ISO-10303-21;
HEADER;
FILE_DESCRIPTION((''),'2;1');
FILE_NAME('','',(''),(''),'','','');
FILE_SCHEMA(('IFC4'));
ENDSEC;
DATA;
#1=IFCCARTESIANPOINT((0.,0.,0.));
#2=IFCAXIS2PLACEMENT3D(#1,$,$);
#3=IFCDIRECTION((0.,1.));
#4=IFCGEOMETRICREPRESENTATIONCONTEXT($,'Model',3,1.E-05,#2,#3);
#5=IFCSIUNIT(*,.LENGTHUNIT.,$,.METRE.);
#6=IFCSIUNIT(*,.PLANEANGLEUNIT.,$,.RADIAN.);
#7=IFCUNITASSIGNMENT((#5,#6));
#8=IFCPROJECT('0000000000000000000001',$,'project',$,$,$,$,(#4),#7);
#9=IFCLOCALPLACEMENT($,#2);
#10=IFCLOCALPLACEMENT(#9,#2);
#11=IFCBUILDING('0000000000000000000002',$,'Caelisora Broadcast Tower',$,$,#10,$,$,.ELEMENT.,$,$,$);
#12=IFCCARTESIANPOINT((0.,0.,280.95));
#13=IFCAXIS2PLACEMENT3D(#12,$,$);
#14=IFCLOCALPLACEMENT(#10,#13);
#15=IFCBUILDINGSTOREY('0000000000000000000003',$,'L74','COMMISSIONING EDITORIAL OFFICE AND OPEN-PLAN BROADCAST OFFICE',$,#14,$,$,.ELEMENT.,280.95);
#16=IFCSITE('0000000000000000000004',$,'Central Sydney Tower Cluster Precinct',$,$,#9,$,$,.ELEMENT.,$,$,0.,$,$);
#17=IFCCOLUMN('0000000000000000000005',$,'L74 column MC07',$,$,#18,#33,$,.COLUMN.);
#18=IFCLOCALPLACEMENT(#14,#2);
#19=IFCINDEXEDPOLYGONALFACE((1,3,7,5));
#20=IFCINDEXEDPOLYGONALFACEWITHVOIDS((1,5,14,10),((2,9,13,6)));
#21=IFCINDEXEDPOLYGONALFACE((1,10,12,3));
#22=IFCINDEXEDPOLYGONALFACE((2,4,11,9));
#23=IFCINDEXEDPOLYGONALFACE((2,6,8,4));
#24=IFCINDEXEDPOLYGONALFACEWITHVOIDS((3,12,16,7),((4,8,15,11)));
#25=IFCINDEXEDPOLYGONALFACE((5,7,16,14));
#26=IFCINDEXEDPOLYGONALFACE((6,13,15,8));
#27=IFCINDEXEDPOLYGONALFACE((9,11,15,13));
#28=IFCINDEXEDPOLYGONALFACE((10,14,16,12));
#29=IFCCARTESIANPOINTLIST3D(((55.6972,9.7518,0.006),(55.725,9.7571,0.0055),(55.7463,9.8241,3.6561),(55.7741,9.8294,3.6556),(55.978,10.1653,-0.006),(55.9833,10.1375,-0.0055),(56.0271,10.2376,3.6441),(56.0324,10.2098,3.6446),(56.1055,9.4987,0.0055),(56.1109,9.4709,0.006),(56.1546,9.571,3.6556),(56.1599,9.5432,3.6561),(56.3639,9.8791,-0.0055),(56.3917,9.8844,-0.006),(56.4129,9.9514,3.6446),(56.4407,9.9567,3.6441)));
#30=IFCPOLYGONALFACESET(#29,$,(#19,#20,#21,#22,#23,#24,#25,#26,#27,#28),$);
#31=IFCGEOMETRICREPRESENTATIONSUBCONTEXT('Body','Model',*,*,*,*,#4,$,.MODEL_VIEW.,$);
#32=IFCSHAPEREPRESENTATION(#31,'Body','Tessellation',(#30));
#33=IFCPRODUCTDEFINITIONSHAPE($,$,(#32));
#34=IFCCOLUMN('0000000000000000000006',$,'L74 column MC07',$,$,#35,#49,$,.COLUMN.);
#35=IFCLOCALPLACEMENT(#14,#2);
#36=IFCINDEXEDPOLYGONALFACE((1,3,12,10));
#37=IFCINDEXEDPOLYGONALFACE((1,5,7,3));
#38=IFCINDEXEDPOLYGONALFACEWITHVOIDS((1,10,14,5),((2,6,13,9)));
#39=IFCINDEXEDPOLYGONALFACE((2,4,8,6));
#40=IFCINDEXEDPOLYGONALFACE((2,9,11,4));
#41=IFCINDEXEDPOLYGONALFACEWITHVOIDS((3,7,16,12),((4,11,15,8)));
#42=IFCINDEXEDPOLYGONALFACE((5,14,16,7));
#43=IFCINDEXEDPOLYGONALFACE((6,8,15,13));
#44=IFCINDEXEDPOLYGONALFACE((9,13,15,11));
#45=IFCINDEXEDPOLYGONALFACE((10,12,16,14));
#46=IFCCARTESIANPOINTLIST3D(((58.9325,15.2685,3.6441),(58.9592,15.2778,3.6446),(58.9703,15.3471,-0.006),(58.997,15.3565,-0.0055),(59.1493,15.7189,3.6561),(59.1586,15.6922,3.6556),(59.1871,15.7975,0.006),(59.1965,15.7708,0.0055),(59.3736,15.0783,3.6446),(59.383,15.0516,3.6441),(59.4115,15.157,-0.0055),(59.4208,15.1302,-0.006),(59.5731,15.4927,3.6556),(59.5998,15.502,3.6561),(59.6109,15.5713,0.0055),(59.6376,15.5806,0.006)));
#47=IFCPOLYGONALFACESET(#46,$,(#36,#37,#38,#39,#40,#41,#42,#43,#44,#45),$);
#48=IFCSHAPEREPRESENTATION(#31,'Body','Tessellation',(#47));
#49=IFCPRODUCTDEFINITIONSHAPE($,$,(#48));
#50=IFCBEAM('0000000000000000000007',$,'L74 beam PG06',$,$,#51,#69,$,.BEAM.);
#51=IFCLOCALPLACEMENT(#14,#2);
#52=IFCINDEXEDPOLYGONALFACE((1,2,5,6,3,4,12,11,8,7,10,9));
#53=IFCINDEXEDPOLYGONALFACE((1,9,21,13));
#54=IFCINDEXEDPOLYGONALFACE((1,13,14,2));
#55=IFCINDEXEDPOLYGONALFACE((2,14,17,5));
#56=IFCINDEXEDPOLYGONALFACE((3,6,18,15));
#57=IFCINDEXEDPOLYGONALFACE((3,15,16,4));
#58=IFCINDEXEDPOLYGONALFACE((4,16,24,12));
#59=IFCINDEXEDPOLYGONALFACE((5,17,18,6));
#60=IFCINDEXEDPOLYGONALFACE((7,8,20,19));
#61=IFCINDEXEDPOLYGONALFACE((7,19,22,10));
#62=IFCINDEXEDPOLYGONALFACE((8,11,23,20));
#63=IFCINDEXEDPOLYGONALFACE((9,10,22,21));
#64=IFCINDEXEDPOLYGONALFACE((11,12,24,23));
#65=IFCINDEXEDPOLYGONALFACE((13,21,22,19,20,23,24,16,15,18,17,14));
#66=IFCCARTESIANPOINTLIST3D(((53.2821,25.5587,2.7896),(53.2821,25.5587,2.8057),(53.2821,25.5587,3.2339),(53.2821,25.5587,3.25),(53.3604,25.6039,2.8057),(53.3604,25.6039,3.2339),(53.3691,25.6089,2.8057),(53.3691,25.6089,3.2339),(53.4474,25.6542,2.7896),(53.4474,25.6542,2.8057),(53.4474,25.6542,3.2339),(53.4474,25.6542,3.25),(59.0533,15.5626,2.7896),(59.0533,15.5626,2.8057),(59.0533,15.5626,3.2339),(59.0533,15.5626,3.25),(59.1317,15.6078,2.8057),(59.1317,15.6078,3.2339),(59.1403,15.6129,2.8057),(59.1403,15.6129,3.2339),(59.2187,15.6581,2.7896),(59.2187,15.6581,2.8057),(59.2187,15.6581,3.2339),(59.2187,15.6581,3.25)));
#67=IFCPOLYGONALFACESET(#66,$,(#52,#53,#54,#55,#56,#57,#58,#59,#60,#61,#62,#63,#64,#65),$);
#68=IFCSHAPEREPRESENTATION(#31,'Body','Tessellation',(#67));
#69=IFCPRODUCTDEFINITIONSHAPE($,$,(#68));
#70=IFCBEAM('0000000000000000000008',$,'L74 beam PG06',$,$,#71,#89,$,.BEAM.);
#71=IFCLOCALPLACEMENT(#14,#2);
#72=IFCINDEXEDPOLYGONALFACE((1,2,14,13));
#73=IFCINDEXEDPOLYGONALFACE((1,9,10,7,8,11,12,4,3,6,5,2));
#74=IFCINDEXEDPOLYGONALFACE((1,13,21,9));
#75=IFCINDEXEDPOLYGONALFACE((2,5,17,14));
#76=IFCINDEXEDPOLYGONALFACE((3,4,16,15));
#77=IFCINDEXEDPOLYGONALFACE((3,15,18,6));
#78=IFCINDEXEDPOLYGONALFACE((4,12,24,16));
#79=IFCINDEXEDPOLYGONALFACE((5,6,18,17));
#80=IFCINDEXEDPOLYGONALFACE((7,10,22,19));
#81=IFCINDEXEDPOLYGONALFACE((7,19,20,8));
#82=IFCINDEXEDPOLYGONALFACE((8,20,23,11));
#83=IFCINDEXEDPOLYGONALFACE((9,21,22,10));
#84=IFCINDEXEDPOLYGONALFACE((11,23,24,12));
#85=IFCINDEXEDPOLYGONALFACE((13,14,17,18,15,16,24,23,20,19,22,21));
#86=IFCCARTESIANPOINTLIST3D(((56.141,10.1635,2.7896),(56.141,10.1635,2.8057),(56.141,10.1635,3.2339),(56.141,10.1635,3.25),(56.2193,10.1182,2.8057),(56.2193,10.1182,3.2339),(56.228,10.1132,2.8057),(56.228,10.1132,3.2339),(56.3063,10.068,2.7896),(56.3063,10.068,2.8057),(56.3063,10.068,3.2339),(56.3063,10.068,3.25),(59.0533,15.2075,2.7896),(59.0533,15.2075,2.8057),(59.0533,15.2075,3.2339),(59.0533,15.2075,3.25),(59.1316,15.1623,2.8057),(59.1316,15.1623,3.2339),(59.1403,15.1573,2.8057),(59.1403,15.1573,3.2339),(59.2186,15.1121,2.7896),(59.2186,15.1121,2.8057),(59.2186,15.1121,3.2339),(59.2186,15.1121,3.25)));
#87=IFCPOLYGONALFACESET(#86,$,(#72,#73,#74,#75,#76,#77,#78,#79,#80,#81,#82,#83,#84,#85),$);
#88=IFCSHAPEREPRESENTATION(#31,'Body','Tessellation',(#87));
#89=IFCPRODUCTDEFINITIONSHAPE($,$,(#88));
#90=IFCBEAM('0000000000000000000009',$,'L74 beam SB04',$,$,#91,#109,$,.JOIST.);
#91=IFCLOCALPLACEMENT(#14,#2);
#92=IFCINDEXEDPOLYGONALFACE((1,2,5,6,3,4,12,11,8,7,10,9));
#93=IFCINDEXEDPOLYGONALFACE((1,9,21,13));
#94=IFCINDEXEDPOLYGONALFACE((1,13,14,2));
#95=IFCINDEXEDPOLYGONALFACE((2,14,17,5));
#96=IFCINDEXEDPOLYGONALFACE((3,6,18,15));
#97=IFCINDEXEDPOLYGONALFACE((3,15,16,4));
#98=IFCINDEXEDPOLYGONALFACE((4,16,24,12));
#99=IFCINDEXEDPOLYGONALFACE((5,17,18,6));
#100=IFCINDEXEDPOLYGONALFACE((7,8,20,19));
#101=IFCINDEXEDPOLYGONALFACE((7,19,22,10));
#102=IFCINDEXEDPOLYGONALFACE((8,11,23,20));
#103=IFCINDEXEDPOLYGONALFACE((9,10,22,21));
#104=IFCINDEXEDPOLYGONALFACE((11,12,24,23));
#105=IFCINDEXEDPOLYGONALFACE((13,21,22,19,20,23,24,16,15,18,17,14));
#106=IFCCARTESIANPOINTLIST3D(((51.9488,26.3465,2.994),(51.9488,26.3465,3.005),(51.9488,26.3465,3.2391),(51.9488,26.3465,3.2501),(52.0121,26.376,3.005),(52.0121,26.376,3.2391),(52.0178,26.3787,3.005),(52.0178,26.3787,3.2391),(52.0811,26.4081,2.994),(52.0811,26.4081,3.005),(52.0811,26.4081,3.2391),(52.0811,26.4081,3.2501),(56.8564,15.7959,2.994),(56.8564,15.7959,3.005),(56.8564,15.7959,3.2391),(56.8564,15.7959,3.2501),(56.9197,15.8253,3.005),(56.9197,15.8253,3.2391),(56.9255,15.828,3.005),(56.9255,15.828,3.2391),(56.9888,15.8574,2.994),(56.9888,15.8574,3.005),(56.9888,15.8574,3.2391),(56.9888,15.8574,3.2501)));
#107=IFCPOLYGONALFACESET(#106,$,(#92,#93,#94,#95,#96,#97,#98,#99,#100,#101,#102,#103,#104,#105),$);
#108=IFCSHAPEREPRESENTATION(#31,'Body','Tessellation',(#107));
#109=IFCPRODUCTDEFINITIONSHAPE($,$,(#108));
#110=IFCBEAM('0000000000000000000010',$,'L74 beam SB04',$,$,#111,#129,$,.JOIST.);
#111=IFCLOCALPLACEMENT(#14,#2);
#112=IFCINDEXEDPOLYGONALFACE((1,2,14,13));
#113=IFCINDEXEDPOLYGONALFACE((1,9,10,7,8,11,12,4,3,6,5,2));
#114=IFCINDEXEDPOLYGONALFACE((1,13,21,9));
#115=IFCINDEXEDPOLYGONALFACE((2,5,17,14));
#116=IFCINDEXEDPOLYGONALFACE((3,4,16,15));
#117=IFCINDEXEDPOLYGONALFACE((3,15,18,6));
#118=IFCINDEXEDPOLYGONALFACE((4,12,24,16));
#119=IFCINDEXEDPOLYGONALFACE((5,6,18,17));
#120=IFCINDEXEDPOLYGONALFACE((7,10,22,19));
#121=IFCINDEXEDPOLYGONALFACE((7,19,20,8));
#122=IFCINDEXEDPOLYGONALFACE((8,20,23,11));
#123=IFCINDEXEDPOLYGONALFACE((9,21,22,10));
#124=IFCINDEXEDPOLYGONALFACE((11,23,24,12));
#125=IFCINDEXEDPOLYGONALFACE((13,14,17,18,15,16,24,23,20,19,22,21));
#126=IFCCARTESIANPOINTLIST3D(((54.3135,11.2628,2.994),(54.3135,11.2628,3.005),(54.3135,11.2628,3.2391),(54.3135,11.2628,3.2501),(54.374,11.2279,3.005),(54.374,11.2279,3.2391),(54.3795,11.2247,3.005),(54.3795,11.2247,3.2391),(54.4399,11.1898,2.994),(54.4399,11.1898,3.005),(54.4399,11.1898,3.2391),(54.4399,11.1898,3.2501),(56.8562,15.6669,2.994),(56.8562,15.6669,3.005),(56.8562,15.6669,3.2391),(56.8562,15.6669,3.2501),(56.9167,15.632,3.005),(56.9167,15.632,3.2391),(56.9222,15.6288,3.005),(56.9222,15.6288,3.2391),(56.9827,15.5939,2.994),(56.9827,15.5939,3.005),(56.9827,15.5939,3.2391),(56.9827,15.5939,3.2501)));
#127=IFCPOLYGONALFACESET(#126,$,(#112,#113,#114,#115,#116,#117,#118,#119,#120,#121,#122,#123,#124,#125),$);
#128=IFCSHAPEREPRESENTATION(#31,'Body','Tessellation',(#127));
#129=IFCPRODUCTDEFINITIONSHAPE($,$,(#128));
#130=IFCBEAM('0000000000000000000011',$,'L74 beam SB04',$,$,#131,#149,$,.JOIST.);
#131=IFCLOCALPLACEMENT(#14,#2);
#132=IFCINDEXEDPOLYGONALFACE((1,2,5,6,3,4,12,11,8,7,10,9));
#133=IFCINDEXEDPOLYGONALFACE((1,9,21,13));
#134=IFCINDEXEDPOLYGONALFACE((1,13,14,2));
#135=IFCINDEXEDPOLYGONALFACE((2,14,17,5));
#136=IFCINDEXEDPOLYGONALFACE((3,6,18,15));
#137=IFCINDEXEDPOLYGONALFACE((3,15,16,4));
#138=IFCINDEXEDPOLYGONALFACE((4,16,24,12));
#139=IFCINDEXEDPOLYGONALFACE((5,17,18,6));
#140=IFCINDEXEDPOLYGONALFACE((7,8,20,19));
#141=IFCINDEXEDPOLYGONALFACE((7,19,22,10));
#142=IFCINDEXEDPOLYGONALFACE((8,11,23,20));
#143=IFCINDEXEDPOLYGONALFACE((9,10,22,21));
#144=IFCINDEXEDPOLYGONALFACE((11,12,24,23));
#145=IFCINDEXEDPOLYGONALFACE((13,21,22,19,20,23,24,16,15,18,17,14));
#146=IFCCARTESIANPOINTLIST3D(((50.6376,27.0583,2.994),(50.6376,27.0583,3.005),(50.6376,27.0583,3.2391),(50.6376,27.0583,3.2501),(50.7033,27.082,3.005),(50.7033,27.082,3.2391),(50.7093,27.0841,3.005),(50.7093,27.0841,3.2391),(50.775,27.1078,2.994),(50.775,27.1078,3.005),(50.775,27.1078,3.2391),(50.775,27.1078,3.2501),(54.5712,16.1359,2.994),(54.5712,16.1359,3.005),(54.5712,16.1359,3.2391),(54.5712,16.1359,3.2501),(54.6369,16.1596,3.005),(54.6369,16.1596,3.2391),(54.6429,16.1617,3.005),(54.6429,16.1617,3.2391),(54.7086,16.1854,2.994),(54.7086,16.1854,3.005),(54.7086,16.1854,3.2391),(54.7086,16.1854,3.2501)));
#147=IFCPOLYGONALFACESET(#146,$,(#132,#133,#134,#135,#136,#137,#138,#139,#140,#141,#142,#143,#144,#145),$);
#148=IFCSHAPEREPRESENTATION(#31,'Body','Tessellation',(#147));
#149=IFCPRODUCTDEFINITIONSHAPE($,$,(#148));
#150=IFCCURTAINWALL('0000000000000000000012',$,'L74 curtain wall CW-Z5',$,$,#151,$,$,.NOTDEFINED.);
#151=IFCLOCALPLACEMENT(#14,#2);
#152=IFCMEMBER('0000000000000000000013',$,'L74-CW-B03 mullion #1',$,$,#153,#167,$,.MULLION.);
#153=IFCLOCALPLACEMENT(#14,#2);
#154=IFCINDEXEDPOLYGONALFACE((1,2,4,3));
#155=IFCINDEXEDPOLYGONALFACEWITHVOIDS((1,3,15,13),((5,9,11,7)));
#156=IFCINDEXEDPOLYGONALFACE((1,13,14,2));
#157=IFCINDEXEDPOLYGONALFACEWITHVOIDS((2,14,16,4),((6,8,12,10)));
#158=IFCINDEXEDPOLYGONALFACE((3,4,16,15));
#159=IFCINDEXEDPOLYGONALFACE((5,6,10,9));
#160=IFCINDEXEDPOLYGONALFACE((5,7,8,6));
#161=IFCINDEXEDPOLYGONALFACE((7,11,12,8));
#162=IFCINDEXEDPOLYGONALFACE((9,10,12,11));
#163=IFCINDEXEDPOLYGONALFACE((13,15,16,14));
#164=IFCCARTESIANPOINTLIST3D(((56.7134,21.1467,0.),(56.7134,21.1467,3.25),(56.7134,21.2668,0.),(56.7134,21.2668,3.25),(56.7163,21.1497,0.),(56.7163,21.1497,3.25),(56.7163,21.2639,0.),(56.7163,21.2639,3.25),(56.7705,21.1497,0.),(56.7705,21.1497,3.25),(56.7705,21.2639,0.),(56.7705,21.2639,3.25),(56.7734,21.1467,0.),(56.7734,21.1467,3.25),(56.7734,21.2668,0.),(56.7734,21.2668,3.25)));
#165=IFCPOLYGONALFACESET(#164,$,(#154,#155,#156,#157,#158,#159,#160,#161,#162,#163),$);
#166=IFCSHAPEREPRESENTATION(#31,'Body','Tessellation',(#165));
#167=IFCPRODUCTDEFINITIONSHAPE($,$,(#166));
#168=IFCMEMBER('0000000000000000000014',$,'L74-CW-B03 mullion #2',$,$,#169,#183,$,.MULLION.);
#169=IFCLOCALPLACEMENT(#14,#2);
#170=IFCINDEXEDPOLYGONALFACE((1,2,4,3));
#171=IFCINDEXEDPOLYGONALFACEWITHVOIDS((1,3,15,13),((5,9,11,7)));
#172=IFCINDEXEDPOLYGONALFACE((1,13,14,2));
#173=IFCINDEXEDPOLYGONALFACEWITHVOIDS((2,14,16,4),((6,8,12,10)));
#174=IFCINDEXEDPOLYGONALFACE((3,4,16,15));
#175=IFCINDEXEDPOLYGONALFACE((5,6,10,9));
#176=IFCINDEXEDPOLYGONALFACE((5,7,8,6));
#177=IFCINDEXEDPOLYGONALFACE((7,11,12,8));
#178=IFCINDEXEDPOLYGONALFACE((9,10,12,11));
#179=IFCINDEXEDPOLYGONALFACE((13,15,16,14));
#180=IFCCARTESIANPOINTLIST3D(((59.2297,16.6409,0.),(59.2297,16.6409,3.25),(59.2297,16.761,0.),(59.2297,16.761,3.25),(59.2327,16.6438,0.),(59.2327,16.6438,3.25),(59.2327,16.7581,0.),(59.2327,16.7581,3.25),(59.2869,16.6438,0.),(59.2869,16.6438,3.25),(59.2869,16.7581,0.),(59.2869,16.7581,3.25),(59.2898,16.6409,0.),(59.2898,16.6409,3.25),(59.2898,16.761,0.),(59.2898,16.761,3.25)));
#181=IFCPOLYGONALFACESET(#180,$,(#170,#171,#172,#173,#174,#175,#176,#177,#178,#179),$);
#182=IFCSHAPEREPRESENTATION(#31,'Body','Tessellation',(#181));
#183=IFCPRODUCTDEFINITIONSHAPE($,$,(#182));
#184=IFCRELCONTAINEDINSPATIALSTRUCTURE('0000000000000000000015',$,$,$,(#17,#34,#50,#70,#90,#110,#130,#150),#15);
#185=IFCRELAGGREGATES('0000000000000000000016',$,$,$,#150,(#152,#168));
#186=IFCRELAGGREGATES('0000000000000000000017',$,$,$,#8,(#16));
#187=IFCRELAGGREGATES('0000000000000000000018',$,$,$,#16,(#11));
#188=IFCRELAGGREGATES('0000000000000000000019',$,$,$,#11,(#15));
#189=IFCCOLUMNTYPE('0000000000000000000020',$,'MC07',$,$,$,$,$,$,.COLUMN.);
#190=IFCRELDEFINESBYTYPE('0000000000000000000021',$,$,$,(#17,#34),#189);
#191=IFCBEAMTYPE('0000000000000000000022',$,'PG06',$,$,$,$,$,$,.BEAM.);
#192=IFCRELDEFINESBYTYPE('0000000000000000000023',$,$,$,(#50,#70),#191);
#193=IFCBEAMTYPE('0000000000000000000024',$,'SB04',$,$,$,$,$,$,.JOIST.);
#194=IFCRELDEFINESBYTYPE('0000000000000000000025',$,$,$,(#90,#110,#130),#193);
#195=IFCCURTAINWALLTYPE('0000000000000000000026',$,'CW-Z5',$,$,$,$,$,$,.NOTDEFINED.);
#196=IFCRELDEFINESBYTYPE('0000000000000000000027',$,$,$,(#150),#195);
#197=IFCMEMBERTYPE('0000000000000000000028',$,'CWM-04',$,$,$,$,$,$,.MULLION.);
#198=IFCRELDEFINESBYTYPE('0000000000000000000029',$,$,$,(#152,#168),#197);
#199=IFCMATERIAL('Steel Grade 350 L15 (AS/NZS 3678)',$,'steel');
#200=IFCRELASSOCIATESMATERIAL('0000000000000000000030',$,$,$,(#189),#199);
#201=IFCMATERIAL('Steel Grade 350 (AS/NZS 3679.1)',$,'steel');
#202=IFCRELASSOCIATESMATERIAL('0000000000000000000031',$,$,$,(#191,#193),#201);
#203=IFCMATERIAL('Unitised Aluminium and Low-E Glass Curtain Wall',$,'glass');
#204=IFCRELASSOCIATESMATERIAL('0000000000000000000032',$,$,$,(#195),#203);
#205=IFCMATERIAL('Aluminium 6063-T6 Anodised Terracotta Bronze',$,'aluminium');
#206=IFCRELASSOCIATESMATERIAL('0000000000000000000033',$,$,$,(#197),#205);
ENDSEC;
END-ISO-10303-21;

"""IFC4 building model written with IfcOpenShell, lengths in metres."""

from ifc_helpers import new_model, si_unit, direction, frame, origin, origin_2d, place, context, subcontext, project, spatial, hollow_rectangle, i_section, extrude, source, transform, mapped, material, material_profile, profile_set, type_object, type_shapes, element, aggregate, save


model = new_model("IFC4")

# Units and contexts
model_context = context("Model", 3, precision=1e-05, world=origin(), true_north=direction((0.0, 1.0)))
body_context = subcontext(model_context, "Body", "Model", "MODEL_VIEW")
ifc_project = project(units=[si_unit("LENGTHUNIT", "METRE"), si_unit("PLANEANGLEUNIT", "RADIAN")], contexts=[model_context])

# Site, building, storey
site_placement = place(None, origin())
site = spatial("IfcSite", under=ifc_project, at=site_placement, Name="Central Sydney Tower Cluster Precinct", CompositionType="ELEMENT", RefElevation=0.0)
building_placement = place(site_placement, origin())
building = spatial("IfcBuilding", under=site, at=building_placement, Name="Caelisora Broadcast Tower", CompositionType="ELEMENT")
storey_placement = place(building_placement, frame((0.0, 0.0, 280.95)))
storey = spatial("IfcBuildingStorey", under=building, at=storey_placement, Name="L74", Description="COMMISSIONING EDITORIAL OFFICE AND OPEN-PLAN BROADCAST OFFICE", CompositionType="ELEMENT", Elevation=280.95)

# Columns
ifc_material_1 = material(Name="Steel Grade 350 L15 (AS/NZS 3678)", Category="steel")
ifc_material_profile_1 = material_profile(ifc_material_1, hollow_rectangle(XDim=0.5, YDim=0.5, WallThickness=0.02, at=origin_2d()), Name="Steel Grade 350 L15 (AS/NZS 3678)")
ifc_profile_set_1 = profile_set([ifc_material_profile_1], Name="Steel Grade 350 L15 (AS/NZS 3678)")
column_type = type_object("IfcColumnType", Name="MC07", PredefinedType="COLUMN", material=ifc_profile_set_1)
shared_shape_1 = source(origin(), body_context, "Body", "SweptSolid", [
    extrude(hollow_rectangle(XDim=0.5, YDim=0.5, WallThickness=0.02, at=origin_2d()), origin(), (0.0, 0.0, 1.0), 3.6511),
])
type_shapes(column_type, [shared_shape_1])
for number, where, z_axis, x_axis, name in (
    (1, (56.0444, 9.8181, 0.0), (0.01344, 0.019792, 0.999714), (-0.82729, 0.561775, 0.0), "L74 column MC07"),
    (2, (59.304, 15.4639, 0.0), (-0.010364, -0.021531, 0.999714), (0.901042, -0.433731, 0.0), "L74 column MC07"),
):
    element("IfcColumn", number, at=place(storey_placement, frame(where, z_axis=z_axis, x_axis=x_axis)), inside=storey, type_object=column_type, Name=name, PredefinedType="COLUMN", context=body_context, shape_type="MappedRepresentation", body=[
        mapped(shared_shape_1, transform((0.0, 0.0, 0.0), scale=1.0)),
    ])

# Beams
ifc_material_2 = material(Name="Steel Grade 350 (AS/NZS 3679.1)", Category="steel")
ifc_material_profile_2 = material_profile(ifc_material_2, i_section(OverallWidth=0.1909, OverallDepth=0.4604, WebThickness=0.01, FlangeThickness=0.0161, at=origin_2d()), Name="Steel Grade 350 (AS/NZS 3679.1)")
ifc_profile_set_2 = profile_set([ifc_material_profile_2], Name="Steel Grade 350 (AS/NZS 3679.1)")
beam_type_1 = type_object("IfcBeamType", Name="PG06", PredefinedType="BEAM", material=ifc_profile_set_2)
shared_shape_2 = source(origin(), body_context, "Body", "SweptSolid", [
    extrude(i_section(OverallWidth=0.1909, OverallDepth=0.4604, WebThickness=0.01, FlangeThickness=0.0161, at=origin_2d()), origin(), (0.0, 0.0, 1.0), 11.5425),
])
beam_1_placement = place(storey_placement, frame((59.136, 15.6104, 3.0198), z_axis=(-0.5, 0.866026, 0.0), x_axis=(-0.866026, -0.5, 0.0)))
element("IfcBeam", 3, at=beam_1_placement, inside=storey, type_object=beam_type_1, Name="L74 beam PG06", PredefinedType="BEAM", context=body_context, shape_type="MappedRepresentation", body=[
    mapped(shared_shape_2, transform((0.0, 0.0, 0.0), scale=1.0)),
])
shared_shape_3 = source(origin(), body_context, "Body", "SweptSolid", [
    extrude(i_section(OverallWidth=0.1909, OverallDepth=0.4604, WebThickness=0.01, FlangeThickness=0.0161, at=origin_2d()), origin(), (0.0, 0.0, 1.0), 5.8245),
])
type_shapes(beam_type_1, [shared_shape_2, shared_shape_3])
beam_2_placement = place(storey_placement, frame((56.2236, 10.1157, 3.0198), z_axis=(0.500012, 0.866019, 0.0), x_axis=(-0.866019, 0.500012, 0.0)))
element("IfcBeam", 4, at=beam_2_placement, inside=storey, type_object=beam_type_1, Name="L74 beam PG06", PredefinedType="BEAM", context=body_context, shape_type="MappedRepresentation", body=[
    mapped(shared_shape_3, transform((0.0, 0.0, 0.0), scale=1.0)),
])
ifc_material_profile_3 = material_profile(ifc_material_2, i_section(OverallWidth=0.146, OverallDepth=0.2561, WebThickness=0.0063, FlangeThickness=0.011, at=origin_2d()), Name="Steel Grade 350 (AS/NZS 3679.1)")
ifc_profile_set_3 = profile_set([ifc_material_profile_3], Name="Steel Grade 350 (AS/NZS 3679.1)")
beam_type_2 = type_object("IfcBeamType", Name="SB04", PredefinedType="JOIST", material=ifc_profile_set_3)
shared_shape_4 = source(origin(), body_context, "Body", "SweptSolid", [
    extrude(i_section(OverallWidth=0.146, OverallDepth=0.2561, WebThickness=0.0063, FlangeThickness=0.011, at=origin_2d()), origin(), (0.0, 0.0, 1.0), 11.6362),
])
beam_3_placement = place(storey_placement, frame((56.9226, 15.8267, 3.1221), z_axis=(-0.421757, 0.906709, 0.0), x_axis=(-0.906709, -0.421757, 0.0)))
element("IfcBeam", 5, at=beam_3_placement, inside=storey, type_object=beam_type_2, Name="L74 beam SB04", PredefinedType="JOIST", context=body_context, shape_type="MappedRepresentation", body=[
    mapped(shared_shape_4, transform((0.0, 0.0, 0.0), scale=1.0)),
])
shared_shape_5 = source(origin(), body_context, "Body", "SweptSolid", [
    extrude(i_section(OverallWidth=0.146, OverallDepth=0.2561, WebThickness=0.0063, FlangeThickness=0.011, at=origin_2d()), origin(), (0.0, 0.0, 1.0), 5.0854),
])
beam_4_placement = place(storey_placement, frame((54.3767, 11.2263, 3.1221), z_axis=(0.500006, 0.866022, 0.0), x_axis=(-0.866022, 0.500006, 0.0)))
element("IfcBeam", 6, at=beam_4_placement, inside=storey, type_object=beam_type_2, Name="L74 beam SB04", PredefinedType="JOIST", context=body_context, shape_type="MappedRepresentation", body=[
    mapped(shared_shape_5, transform((0.0, 0.0, 0.0), scale=1.0)),
])
shared_shape_6 = source(origin(), body_context, "Body", "SweptSolid", [
    extrude(i_section(OverallWidth=0.146, OverallDepth=0.2561, WebThickness=0.0063, FlangeThickness=0.011, at=origin_2d()), origin(), (0.0, 0.0, 1.0), 11.6091),
])
type_shapes(beam_type_2, [shared_shape_4, shared_shape_5, shared_shape_6])
beam_5_placement = place(storey_placement, frame((54.6399, 16.1606, 3.1221), z_axis=(-0.338837, 0.940845, 0.0), x_axis=(-0.940845, -0.338837, 0.0)))
element("IfcBeam", 7, at=beam_5_placement, inside=storey, type_object=beam_type_2, Name="L74 beam SB04", PredefinedType="JOIST", context=body_context, shape_type="MappedRepresentation", body=[
    mapped(shared_shape_6, transform((0.0, 0.0, 0.0), scale=1.0)),
])

# Curtain wall, members
ifc_material_3 = material(Name="Unitised Aluminium and Low-E Glass Curtain Wall", Category="glass")
curtain_wall_type = type_object("IfcCurtainWallType", Name="CW-Z5", PredefinedType="NOTDEFINED", material=ifc_material_3)
curtain_wall_1_placement = place(storey_placement, origin())
curtain_wall_1 = element("IfcCurtainWall", 8, at=curtain_wall_1_placement, inside=storey, type_object=curtain_wall_type, Name="L74 curtain wall CW-Z5", PredefinedType="NOTDEFINED")
ifc_material_4 = material(Name="Aluminium 6063-T6 Anodised Terracotta Bronze", Category="aluminium")
ifc_material_profile_4 = material_profile(ifc_material_4, hollow_rectangle(XDim=0.0601, YDim=0.1201, WallThickness=0.0029, at=origin_2d()), Name="Aluminium 6063-T6 Anodised Terracotta Bronze")
ifc_profile_set_4 = profile_set([ifc_material_profile_4], Name="Aluminium 6063-T6 Anodised Terracotta Bronze")
member_type_1 = type_object("IfcMemberType", Name="CWM-04", PredefinedType="MULLION", material=ifc_profile_set_4)
shared_shape_7 = source(origin(), body_context, "Body", "SweptSolid", [
    extrude(hollow_rectangle(XDim=0.0601, YDim=0.1201, WallThickness=0.0029, at=origin_2d()), origin(), (0.0, 0.0, 1.0), 3.25),
])
type_shapes(member_type_1, [shared_shape_7])
member_1_placement = place(storey_placement, frame((56.7434, 21.2068, 0.0), z_axis=(0.0, 0.0, 1.0), x_axis=(1.0, 0.0, 0.0)))
member_1 = element("IfcMember", 9, at=member_1_placement, type_object=member_type_1, Name="L74-CW-B03 mullion #1", PredefinedType="MULLION", context=body_context, shape_type="MappedRepresentation", body=[
    mapped(shared_shape_7, transform((0.0, 0.0, 0.0), scale=1.0)),
])
member_2_placement = place(storey_placement, frame((59.2598, 16.7009, 0.0), z_axis=(0.0, 0.0, 1.0), x_axis=(1.0, 0.0, 0.0)))
member_2 = element("IfcMember", 10, at=member_2_placement, type_object=member_type_1, Name="L74-CW-B03 mullion #2", PredefinedType="MULLION", context=body_context, shape_type="MappedRepresentation", body=[
    mapped(shared_shape_7, transform((0.0, 0.0, 0.0), scale=1.0)),
])

aggregate(curtain_wall_1, [member_1, member_2])

save(model, "model.ifc")
